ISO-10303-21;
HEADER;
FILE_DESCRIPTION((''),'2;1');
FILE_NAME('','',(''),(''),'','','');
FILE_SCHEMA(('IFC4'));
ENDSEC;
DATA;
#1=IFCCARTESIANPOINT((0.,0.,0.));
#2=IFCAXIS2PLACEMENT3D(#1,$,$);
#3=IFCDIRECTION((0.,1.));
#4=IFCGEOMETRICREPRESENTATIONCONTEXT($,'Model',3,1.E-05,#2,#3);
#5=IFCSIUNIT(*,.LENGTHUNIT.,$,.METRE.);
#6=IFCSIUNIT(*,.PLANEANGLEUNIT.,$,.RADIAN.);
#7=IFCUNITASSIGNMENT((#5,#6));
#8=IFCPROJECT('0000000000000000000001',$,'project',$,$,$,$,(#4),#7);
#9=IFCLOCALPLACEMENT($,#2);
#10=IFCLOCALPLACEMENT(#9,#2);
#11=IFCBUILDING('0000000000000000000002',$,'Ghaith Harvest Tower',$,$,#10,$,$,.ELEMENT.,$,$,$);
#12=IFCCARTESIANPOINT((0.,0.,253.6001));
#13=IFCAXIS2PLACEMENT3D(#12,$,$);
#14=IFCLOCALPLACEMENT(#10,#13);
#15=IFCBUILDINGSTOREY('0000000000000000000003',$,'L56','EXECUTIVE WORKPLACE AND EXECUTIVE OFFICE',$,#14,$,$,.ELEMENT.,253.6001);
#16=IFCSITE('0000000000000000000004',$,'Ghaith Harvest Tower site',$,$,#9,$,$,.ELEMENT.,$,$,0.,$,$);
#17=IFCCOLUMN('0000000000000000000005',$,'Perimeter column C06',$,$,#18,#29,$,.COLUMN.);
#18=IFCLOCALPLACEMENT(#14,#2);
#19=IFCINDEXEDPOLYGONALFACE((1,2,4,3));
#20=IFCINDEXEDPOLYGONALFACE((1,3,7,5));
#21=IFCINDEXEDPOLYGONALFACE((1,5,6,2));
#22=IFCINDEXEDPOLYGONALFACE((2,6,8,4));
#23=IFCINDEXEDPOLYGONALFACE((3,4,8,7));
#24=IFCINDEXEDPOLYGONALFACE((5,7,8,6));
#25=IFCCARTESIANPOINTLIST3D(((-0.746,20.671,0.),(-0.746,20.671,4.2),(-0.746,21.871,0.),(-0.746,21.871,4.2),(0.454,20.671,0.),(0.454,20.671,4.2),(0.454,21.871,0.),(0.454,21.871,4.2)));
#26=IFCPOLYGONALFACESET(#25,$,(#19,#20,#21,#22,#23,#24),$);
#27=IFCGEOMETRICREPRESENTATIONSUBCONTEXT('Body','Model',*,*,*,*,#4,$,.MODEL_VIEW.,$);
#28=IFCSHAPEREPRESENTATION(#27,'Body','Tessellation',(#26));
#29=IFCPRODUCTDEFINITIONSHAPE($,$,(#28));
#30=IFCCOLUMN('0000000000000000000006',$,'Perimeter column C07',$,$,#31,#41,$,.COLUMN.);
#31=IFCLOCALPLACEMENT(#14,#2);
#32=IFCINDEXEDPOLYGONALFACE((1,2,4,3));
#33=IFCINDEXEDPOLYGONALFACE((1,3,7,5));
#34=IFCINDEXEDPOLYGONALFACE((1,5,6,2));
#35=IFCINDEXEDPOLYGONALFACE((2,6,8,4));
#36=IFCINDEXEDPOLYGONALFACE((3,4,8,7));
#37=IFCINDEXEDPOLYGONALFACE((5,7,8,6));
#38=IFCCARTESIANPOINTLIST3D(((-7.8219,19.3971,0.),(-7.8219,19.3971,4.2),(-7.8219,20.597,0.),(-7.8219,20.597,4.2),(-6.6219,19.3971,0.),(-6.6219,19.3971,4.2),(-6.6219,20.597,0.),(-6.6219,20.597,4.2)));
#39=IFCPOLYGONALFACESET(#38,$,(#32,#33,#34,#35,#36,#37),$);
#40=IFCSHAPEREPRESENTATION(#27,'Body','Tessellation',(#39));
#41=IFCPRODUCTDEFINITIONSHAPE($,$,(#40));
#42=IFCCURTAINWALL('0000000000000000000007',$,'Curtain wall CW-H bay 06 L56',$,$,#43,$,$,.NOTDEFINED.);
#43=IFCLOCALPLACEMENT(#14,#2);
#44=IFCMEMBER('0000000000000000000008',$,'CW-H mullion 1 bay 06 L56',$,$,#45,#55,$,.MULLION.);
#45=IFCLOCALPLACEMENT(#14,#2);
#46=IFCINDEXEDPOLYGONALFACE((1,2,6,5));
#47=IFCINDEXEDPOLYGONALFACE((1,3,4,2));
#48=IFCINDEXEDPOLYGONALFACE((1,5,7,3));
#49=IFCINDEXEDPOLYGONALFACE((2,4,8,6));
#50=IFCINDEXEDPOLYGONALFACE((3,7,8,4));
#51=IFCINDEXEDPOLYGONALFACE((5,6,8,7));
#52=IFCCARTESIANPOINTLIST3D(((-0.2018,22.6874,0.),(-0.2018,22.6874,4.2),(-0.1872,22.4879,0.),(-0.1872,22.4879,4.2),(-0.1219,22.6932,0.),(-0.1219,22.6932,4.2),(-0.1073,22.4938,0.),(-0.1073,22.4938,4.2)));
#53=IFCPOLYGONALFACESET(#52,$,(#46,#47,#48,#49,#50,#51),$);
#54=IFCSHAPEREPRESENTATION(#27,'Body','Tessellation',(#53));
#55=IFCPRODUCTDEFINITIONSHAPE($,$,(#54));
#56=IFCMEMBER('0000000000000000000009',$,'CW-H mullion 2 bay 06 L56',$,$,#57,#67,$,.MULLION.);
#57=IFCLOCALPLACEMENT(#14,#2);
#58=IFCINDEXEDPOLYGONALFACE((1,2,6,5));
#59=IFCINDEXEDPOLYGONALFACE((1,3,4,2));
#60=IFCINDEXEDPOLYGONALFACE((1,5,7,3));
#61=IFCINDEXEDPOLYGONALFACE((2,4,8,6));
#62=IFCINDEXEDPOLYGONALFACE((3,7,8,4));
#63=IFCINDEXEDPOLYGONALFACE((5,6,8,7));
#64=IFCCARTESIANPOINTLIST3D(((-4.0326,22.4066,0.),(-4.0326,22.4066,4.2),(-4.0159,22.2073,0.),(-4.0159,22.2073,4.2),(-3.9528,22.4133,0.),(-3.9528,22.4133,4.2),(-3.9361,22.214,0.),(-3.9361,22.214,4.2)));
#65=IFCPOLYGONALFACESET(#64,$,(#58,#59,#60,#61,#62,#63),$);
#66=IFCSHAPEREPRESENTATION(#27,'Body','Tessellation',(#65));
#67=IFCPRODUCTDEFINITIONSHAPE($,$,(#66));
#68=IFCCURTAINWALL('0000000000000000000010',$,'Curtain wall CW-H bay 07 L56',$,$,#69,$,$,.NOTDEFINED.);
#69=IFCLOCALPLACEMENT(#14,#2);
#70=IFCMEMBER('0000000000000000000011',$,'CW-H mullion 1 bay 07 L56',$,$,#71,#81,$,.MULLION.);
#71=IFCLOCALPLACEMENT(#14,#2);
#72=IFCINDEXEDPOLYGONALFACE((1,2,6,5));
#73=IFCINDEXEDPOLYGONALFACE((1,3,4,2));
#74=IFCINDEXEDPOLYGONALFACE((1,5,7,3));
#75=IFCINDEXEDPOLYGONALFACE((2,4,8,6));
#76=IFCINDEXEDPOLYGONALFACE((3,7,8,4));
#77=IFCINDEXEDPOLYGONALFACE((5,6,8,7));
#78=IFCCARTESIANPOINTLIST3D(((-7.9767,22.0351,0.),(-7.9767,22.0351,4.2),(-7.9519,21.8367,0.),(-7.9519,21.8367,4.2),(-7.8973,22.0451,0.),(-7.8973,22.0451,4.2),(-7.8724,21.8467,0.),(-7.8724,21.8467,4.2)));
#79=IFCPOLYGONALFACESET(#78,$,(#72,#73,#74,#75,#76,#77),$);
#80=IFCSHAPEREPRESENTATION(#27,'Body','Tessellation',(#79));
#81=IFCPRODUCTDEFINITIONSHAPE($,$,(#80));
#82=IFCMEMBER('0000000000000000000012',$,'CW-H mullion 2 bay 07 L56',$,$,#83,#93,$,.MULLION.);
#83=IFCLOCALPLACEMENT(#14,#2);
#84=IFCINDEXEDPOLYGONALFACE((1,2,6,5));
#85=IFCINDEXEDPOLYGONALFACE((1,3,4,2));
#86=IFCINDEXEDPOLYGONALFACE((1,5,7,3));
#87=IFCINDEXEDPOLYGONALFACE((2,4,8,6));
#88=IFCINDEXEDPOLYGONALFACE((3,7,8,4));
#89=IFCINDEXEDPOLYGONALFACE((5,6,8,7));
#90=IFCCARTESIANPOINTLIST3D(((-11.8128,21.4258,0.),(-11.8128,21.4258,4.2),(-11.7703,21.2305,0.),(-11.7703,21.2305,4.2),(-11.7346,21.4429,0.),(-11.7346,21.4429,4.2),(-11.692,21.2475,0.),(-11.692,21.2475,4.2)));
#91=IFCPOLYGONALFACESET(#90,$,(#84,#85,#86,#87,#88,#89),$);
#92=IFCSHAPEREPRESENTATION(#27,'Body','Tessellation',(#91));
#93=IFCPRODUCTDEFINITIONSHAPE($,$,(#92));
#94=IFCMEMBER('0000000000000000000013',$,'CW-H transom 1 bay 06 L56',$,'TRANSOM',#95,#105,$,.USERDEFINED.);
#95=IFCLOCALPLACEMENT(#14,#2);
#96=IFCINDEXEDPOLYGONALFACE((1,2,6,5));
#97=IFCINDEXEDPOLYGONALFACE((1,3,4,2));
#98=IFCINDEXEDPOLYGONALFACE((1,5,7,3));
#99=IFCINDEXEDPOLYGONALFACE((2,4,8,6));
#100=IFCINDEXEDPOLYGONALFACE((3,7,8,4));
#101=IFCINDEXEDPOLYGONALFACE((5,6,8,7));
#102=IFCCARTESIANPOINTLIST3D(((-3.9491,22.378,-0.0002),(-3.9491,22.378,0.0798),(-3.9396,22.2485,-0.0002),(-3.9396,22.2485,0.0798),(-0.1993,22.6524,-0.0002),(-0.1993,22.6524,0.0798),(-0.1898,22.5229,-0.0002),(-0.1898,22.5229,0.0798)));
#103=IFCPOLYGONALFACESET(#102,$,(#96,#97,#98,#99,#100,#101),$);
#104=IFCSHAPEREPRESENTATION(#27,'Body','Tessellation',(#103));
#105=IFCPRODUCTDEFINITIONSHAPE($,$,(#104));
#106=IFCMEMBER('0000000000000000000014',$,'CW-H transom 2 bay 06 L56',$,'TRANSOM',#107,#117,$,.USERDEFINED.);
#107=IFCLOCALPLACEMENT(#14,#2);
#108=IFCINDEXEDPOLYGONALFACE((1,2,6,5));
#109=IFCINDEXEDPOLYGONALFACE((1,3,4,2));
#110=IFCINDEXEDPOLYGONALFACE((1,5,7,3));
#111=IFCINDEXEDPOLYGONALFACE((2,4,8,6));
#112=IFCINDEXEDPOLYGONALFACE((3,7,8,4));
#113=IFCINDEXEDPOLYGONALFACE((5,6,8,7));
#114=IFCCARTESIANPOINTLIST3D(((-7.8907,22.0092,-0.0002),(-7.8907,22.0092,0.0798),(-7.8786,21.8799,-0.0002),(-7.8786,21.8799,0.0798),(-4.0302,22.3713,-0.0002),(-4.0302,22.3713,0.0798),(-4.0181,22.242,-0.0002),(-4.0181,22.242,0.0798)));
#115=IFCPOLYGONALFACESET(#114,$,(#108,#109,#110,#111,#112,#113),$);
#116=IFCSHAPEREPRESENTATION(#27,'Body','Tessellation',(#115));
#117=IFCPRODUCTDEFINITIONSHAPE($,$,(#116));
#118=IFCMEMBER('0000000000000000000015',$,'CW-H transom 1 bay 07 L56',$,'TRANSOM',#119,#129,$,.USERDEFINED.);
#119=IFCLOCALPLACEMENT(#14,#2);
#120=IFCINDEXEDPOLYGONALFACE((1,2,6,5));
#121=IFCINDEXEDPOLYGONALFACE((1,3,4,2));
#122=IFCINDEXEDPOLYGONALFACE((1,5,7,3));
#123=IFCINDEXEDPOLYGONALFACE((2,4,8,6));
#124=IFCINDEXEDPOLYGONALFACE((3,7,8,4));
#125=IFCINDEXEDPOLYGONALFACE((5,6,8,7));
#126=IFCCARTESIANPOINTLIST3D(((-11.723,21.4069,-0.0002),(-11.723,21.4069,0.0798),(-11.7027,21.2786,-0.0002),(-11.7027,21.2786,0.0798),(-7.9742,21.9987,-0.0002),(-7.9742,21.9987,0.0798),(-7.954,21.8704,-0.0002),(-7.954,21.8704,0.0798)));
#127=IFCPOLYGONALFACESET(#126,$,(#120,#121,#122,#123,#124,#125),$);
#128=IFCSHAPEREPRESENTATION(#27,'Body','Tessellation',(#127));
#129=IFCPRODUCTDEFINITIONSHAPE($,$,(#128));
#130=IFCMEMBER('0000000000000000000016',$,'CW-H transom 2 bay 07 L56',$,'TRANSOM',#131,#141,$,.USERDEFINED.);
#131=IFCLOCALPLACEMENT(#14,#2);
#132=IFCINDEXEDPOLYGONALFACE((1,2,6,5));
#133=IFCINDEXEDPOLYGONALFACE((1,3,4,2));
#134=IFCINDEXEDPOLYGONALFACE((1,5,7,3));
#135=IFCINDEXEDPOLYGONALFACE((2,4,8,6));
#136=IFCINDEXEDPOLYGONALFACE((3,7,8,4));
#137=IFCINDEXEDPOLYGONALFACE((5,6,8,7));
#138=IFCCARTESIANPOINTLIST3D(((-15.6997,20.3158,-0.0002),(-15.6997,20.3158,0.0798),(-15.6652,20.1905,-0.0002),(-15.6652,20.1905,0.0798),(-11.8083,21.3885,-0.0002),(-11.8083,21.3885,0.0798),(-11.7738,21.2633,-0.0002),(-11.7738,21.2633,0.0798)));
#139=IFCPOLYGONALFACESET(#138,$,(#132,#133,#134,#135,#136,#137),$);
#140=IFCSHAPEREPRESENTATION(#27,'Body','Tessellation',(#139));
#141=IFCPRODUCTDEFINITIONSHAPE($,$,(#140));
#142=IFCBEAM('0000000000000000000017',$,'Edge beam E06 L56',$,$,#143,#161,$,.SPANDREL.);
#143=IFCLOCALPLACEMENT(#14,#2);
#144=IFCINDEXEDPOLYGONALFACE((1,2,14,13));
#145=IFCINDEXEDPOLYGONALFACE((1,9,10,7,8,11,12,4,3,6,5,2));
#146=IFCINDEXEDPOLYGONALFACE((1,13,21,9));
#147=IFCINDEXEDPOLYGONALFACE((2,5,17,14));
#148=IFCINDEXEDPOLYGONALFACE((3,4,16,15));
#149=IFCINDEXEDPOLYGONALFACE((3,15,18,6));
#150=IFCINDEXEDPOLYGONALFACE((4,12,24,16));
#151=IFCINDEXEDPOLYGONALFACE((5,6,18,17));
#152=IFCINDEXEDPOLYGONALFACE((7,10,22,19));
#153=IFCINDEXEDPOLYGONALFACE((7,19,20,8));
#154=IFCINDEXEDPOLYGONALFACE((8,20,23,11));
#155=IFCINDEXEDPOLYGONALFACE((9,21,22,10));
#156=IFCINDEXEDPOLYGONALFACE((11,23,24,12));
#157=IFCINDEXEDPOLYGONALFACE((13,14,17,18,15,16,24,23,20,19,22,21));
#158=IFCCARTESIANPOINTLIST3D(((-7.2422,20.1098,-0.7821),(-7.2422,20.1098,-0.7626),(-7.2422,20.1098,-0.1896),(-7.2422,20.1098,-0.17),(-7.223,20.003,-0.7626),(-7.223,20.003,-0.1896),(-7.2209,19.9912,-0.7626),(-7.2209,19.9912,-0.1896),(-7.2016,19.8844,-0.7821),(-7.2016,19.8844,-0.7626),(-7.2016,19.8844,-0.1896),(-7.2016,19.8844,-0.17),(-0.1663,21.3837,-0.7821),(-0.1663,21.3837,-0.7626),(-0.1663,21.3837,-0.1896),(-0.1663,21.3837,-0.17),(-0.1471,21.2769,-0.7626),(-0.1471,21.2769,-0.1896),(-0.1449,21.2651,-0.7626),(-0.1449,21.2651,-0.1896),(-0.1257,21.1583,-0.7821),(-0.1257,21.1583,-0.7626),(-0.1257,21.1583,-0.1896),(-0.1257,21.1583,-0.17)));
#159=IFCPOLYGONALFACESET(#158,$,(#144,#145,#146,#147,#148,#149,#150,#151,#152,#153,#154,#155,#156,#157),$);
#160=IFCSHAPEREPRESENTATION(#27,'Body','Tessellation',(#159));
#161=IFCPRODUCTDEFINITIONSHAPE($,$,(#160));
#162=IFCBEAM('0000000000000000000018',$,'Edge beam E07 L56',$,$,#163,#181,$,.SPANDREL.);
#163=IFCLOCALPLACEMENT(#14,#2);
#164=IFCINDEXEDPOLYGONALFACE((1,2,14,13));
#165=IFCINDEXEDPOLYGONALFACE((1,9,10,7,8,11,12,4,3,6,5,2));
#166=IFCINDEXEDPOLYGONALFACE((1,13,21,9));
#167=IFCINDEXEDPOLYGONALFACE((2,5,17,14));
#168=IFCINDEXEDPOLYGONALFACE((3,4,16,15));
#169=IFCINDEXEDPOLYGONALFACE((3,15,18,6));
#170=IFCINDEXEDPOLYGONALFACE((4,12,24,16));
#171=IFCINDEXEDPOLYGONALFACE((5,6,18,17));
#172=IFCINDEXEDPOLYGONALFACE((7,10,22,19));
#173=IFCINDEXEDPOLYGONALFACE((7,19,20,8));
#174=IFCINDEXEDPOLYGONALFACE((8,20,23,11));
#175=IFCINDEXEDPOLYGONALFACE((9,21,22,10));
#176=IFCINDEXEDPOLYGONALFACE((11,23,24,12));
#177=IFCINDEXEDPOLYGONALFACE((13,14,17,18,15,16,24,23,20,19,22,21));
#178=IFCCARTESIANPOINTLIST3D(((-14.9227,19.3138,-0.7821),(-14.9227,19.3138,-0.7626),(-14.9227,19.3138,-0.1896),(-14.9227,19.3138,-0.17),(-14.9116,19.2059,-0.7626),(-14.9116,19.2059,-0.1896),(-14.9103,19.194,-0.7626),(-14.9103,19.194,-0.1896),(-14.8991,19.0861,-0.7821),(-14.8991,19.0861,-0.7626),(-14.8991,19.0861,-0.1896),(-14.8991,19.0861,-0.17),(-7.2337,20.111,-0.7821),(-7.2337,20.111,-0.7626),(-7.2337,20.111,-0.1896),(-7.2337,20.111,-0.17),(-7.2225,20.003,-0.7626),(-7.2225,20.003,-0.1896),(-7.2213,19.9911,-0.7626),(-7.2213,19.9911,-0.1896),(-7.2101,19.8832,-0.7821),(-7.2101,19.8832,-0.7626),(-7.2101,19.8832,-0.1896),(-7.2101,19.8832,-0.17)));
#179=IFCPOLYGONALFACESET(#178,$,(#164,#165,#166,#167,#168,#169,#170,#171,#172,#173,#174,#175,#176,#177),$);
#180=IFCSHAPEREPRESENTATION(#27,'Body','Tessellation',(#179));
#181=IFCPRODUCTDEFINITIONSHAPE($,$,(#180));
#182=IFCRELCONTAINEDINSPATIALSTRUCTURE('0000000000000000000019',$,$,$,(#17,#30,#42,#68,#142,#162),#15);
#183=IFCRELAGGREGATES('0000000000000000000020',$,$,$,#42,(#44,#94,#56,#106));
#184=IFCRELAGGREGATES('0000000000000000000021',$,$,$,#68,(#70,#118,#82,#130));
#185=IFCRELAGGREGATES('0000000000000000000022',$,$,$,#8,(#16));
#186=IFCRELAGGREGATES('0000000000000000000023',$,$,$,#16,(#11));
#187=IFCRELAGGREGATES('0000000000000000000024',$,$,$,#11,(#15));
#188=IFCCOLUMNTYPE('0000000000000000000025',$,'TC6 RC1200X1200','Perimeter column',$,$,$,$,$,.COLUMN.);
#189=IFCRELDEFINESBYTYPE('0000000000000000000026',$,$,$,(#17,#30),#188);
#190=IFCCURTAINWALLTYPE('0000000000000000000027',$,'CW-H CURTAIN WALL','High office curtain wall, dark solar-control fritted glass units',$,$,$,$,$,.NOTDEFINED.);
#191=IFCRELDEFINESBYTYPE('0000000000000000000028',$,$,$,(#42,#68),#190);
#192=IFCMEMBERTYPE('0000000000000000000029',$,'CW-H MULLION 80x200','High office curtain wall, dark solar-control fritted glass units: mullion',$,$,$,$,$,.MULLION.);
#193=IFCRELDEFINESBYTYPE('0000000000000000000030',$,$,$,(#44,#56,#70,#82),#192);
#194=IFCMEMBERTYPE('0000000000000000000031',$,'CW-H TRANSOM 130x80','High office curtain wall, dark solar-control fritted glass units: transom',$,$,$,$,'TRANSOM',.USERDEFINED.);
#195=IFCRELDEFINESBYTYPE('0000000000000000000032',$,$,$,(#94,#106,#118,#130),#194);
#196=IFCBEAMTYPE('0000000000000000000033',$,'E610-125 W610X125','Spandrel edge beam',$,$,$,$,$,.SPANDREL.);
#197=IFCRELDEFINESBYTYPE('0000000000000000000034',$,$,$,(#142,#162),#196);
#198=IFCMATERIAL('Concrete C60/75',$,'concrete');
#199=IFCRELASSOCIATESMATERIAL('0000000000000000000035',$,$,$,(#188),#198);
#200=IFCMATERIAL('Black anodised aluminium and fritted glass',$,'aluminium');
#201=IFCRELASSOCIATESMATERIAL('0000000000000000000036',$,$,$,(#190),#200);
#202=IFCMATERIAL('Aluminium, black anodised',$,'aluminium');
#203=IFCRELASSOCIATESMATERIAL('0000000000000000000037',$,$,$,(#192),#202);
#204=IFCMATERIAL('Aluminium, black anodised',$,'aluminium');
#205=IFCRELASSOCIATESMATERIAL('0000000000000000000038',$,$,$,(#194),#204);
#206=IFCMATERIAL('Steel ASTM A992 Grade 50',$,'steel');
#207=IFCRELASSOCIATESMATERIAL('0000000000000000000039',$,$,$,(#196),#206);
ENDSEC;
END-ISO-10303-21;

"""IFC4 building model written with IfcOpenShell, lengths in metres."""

from ifc_helpers import new_model, si_unit, direction, frame, origin, origin_2d, place, context, subcontext, project, spatial, rectangle, i_section, extrude, material, material_profile, profile_set, type_object, element, aggregate, save


model = new_model("IFC4")

# Units and contexts
model_context = context("Model", 3, precision=1e-05, world=origin(), true_north=direction((0.0, 1.0)))
body_context = subcontext(model_context, "Body", "Model", "MODEL_VIEW")
ifc_project = project(units=[si_unit("LENGTHUNIT", "METRE"), si_unit("PLANEANGLEUNIT", "RADIAN")], contexts=[model_context])

# Site, building, storey
site_placement = place(None, origin())
site = spatial("IfcSite", under=ifc_project, at=site_placement, Name="Ghaith Harvest Tower site", CompositionType="ELEMENT", RefElevation=0.0)
building_placement = place(site_placement, origin())
building = spatial("IfcBuilding", under=site, at=building_placement, Name="Ghaith Harvest Tower", CompositionType="ELEMENT")
storey_placement = place(building_placement, frame((0.0, 0.0, 253.6001)))
storey = spatial("IfcBuildingStorey", under=building, at=storey_placement, Name="L56", Description="EXECUTIVE WORKPLACE AND EXECUTIVE OFFICE", CompositionType="ELEMENT", Elevation=253.6001)

# Columns
ifc_material_1 = material(Name="Concrete C60/75", Category="concrete")
ifc_material_profile_1 = material_profile(ifc_material_1, rectangle(XDim=1.2, YDim=1.2, at=origin_2d()), Name="RC1200X1200")
ifc_profile_set_1 = profile_set([ifc_material_profile_1], Name="Concrete C60/75")
column_type = type_object("IfcColumnType", Name="TC6 RC1200X1200", Description="Perimeter column", PredefinedType="COLUMN", material=ifc_profile_set_1)
for number, where, z_axis, x_axis, name in (
    (1, (-0.146, 21.271, 0.0), (0.0, 0.0, 1.0), (1.0, 0.0, 0.0), "Perimeter column C06"),
    (2, (-7.2219, 19.9971, 0.0), (0.0, 0.0, 1.0), (1.0, 0.0, 0.0), "Perimeter column C07"),
):
    element("IfcColumn", number, at=place(storey_placement, frame(where, z_axis=z_axis, x_axis=x_axis)), inside=storey, type_object=column_type, Name=name, PredefinedType="COLUMN", context=body_context, shape_type="SweptSolid", body=[
        extrude(rectangle(XDim=1.2, YDim=1.2, at=origin_2d()), origin(), (0.0, 0.0, 1.0), 4.2),
    ])

# Curtain walls, members
ifc_material_2 = material(Name="Black anodised aluminium and fritted glass", Category="aluminium")
curtain_wall_type = type_object("IfcCurtainWallType", Name="CW-H CURTAIN WALL", Description="High office curtain wall, dark solar-control fritted glass units", PredefinedType="NOTDEFINED", material=ifc_material_2)
curtain_wall_1_placement = place(storey_placement, origin())
curtain_wall_1 = element("IfcCurtainWall", 3, at=curtain_wall_1_placement, inside=storey, type_object=curtain_wall_type, Name="Curtain wall CW-H bay 06 L56", PredefinedType="NOTDEFINED")
ifc_material_3 = material(Name="Aluminium, black anodised", Category="aluminium")
ifc_material_profile_2 = material_profile(ifc_material_3, rectangle(XDim=0.0801, YDim=0.2, at=origin_2d()), Name="CW-H MULLION 80x200")
ifc_profile_set_2 = profile_set([ifc_material_profile_2], Name="Aluminium, black anodised")
member_type_1 = type_object("IfcMemberType", Name="CW-H MULLION 80x200", Description="High office curtain wall, dark solar-control fritted glass units: mullion", PredefinedType="MULLION", material=ifc_profile_set_2)
member_1_placement = place(storey_placement, frame((-0.1545, 22.5906, 0.0), z_axis=(0.0, 0.0, 1.0), x_axis=(-0.997329, -0.073037, 0.0)))
member_1 = element("IfcMember", 4, at=member_1_placement, type_object=member_type_1, Name="CW-H mullion 1 bay 06 L56", PredefinedType="MULLION", context=body_context, shape_type="SweptSolid", body=[
    extrude(rectangle(XDim=0.0801, YDim=0.2, at=origin_2d()), origin(), (0.0, 0.0, 1.0), 4.2),
])
member_2_placement = place(storey_placement, frame((-3.9844, 22.3103, 0.0), z_axis=(0.0, 0.0, 1.0), x_axis=(-0.996523, -0.083324, 0.0)))
member_2 = element("IfcMember", 5, at=member_2_placement, type_object=member_type_1, Name="CW-H mullion 2 bay 06 L56", PredefinedType="MULLION", context=body_context, shape_type="SweptSolid", body=[
    extrude(rectangle(XDim=0.0801, YDim=0.2, at=origin_2d()), origin(), (0.0, 0.0, 1.0), 4.2),
])
curtain_wall_2_placement = place(storey_placement, origin())
curtain_wall_2 = element("IfcCurtainWall", 6, at=curtain_wall_2_placement, inside=storey, type_object=curtain_wall_type, Name="Curtain wall CW-H bay 07 L56", PredefinedType="NOTDEFINED")
member_3_placement = place(storey_placement, frame((-7.9246, 21.9409, 0.0), z_axis=(0.0, 0.0, 1.0), x_axis=(-0.992235, -0.124373, 0.0)))
member_3 = element("IfcMember", 7, at=member_3_placement, type_object=member_type_1, Name="CW-H mullion 1 bay 07 L56", PredefinedType="MULLION", context=body_context, shape_type="SweptSolid", body=[
    extrude(rectangle(XDim=0.0801, YDim=0.2, at=origin_2d()), origin(), (0.0, 0.0, 1.0), 4.2),
])
member_4_placement = place(storey_placement, frame((-11.7524, 21.3367, 0.0), z_axis=(0.0, 0.0, 1.0), x_axis=(-0.977086, -0.212843, 0.0)))
member_4 = element("IfcMember", 8, at=member_4_placement, type_object=member_type_1, Name="CW-H mullion 2 bay 07 L56", PredefinedType="MULLION", context=body_context, shape_type="SweptSolid", body=[
    extrude(rectangle(XDim=0.0801, YDim=0.2, at=origin_2d()), origin(), (0.0, 0.0, 1.0), 4.2),
])

# Members
ifc_material_4 = material(Name="Aluminium, black anodised", Category="aluminium")
ifc_material_profile_3 = material_profile(ifc_material_4, rectangle(XDim=0.1299, YDim=0.0801, at=origin_2d()), Name="CW-H TRANSOM 130x80")
ifc_profile_set_3 = profile_set([ifc_material_profile_3], Name="Aluminium, black anodised")
member_type_2 = type_object("IfcMemberType", Name="CW-H TRANSOM 130x80", Description="High office curtain wall, dark solar-control fritted glass units: transom", ElementType="TRANSOM", PredefinedType="USERDEFINED", material=ifc_profile_set_3)
member_5_placement = place(storey_placement, frame((-0.1946, 22.5876, 0.0398), z_axis=(-0.997333, -0.072987, 0.0), x_axis=(0.072987, -0.997333, 0.0)))
member_5 = element("IfcMember", 9, at=member_5_placement, type_object=member_type_2, Name="CW-H transom 1 bay 06 L56", ObjectType="TRANSOM", PredefinedType="USERDEFINED", context=body_context, shape_type="SweptSolid", body=[
    extrude(rectangle(XDim=0.1299, YDim=0.0801, at=origin_2d()), origin(), (0.0, 0.0, 1.0), 3.7598),
])
member_6_placement = place(storey_placement, frame((-4.0242, 22.3066, 0.0398), z_axis=(-0.995631, -0.093374, 0.0), x_axis=(0.093374, -0.995631, 0.0)))
member_6 = element("IfcMember", 10, at=member_6_placement, type_object=member_type_2, Name="CW-H transom 2 bay 06 L56", ObjectType="TRANSOM", PredefinedType="USERDEFINED", context=body_context, shape_type="SweptSolid", body=[
    extrude(rectangle(XDim=0.1299, YDim=0.0801, at=origin_2d()), origin(), (0.0, 0.0, 1.0), 3.8774),
])
member_7_placement = place(storey_placement, frame((-7.9641, 21.9346, 0.0398), z_axis=(-0.987768, -0.155933, 0.0), x_axis=(0.155933, -0.987768, 0.0)))
member_7 = element("IfcMember", 11, at=member_7_placement, type_object=member_type_2, Name="CW-H transom 1 bay 07 L56", ObjectType="TRANSOM", PredefinedType="USERDEFINED", context=body_context, shape_type="SweptSolid", body=[
    extrude(rectangle(XDim=0.1299, YDim=0.0801, at=origin_2d()), origin(), (0.0, 0.0, 1.0), 3.7952),
])
member_8_placement = place(storey_placement, frame((-11.791, 21.3259, 0.0398), z_axis=(-0.964039, -0.265762, 0.0), x_axis=(0.265762, -0.964039, 0.0)))
member_8 = element("IfcMember", 12, at=member_8_placement, type_object=member_type_2, Name="CW-H transom 2 bay 07 L56", ObjectType="TRANSOM", PredefinedType="USERDEFINED", context=body_context, shape_type="SweptSolid", body=[
    extrude(rectangle(XDim=0.1299, YDim=0.0801, at=origin_2d()), origin(), (0.0, 0.0, 1.0), 4.0366),
])

# Beams
ifc_material_5 = material(Name="Steel ASTM A992 Grade 50", Category="steel")
ifc_material_profile_4 = material_profile(ifc_material_5, i_section(OverallWidth=0.229, OverallDepth=0.6121, WebThickness=0.012, FlangeThickness=0.0195, at=origin_2d()), Name="W610X125")
ifc_profile_set_4 = profile_set([ifc_material_profile_4], Name="Steel ASTM A992 Grade 50")
beam_type_1 = type_object("IfcBeamType", Name="E610-125 W610X125", Description="Spandrel edge beam", PredefinedType="SPANDREL", material=ifc_profile_set_4)
beam_1_placement = place(storey_placement, frame((-0.146, 21.271, -0.4761), z_axis=(-0.984177, -0.177188, 0.0), x_axis=(0.177188, -0.984177, 0.0)))
element("IfcBeam", 13, at=beam_1_placement, inside=storey, type_object=beam_type_1, Name="Edge beam E06 L56", PredefinedType="SPANDREL", context=body_context, shape_type="SweptSolid", body=[
    extrude(i_section(OverallWidth=0.229, OverallDepth=0.6121, WebThickness=0.012, FlangeThickness=0.0195, at=origin_2d()), origin(), (0.0, 0.0, 1.0), 7.1897),
])
beam_2_placement = place(storey_placement, frame((-7.2219, 19.9971, -0.4761), z_axis=(-0.994669, -0.103118, 0.0), x_axis=(0.103118, -0.994669, 0.0)))
element("IfcBeam", 14, at=beam_2_placement, inside=storey, type_object=beam_type_1, Name="Edge beam E07 L56", PredefinedType="SPANDREL", context=body_context, shape_type="SweptSolid", body=[
    extrude(i_section(OverallWidth=0.229, OverallDepth=0.6121, WebThickness=0.012, FlangeThickness=0.0195, at=origin_2d()), origin(), (0.0, 0.0, 1.0), 7.7302),
])

aggregate(curtain_wall_1, [member_1, member_5, member_2, member_6])
aggregate(curtain_wall_2, [member_3, member_7, member_4, member_8])

save(model, "model.ifc")
